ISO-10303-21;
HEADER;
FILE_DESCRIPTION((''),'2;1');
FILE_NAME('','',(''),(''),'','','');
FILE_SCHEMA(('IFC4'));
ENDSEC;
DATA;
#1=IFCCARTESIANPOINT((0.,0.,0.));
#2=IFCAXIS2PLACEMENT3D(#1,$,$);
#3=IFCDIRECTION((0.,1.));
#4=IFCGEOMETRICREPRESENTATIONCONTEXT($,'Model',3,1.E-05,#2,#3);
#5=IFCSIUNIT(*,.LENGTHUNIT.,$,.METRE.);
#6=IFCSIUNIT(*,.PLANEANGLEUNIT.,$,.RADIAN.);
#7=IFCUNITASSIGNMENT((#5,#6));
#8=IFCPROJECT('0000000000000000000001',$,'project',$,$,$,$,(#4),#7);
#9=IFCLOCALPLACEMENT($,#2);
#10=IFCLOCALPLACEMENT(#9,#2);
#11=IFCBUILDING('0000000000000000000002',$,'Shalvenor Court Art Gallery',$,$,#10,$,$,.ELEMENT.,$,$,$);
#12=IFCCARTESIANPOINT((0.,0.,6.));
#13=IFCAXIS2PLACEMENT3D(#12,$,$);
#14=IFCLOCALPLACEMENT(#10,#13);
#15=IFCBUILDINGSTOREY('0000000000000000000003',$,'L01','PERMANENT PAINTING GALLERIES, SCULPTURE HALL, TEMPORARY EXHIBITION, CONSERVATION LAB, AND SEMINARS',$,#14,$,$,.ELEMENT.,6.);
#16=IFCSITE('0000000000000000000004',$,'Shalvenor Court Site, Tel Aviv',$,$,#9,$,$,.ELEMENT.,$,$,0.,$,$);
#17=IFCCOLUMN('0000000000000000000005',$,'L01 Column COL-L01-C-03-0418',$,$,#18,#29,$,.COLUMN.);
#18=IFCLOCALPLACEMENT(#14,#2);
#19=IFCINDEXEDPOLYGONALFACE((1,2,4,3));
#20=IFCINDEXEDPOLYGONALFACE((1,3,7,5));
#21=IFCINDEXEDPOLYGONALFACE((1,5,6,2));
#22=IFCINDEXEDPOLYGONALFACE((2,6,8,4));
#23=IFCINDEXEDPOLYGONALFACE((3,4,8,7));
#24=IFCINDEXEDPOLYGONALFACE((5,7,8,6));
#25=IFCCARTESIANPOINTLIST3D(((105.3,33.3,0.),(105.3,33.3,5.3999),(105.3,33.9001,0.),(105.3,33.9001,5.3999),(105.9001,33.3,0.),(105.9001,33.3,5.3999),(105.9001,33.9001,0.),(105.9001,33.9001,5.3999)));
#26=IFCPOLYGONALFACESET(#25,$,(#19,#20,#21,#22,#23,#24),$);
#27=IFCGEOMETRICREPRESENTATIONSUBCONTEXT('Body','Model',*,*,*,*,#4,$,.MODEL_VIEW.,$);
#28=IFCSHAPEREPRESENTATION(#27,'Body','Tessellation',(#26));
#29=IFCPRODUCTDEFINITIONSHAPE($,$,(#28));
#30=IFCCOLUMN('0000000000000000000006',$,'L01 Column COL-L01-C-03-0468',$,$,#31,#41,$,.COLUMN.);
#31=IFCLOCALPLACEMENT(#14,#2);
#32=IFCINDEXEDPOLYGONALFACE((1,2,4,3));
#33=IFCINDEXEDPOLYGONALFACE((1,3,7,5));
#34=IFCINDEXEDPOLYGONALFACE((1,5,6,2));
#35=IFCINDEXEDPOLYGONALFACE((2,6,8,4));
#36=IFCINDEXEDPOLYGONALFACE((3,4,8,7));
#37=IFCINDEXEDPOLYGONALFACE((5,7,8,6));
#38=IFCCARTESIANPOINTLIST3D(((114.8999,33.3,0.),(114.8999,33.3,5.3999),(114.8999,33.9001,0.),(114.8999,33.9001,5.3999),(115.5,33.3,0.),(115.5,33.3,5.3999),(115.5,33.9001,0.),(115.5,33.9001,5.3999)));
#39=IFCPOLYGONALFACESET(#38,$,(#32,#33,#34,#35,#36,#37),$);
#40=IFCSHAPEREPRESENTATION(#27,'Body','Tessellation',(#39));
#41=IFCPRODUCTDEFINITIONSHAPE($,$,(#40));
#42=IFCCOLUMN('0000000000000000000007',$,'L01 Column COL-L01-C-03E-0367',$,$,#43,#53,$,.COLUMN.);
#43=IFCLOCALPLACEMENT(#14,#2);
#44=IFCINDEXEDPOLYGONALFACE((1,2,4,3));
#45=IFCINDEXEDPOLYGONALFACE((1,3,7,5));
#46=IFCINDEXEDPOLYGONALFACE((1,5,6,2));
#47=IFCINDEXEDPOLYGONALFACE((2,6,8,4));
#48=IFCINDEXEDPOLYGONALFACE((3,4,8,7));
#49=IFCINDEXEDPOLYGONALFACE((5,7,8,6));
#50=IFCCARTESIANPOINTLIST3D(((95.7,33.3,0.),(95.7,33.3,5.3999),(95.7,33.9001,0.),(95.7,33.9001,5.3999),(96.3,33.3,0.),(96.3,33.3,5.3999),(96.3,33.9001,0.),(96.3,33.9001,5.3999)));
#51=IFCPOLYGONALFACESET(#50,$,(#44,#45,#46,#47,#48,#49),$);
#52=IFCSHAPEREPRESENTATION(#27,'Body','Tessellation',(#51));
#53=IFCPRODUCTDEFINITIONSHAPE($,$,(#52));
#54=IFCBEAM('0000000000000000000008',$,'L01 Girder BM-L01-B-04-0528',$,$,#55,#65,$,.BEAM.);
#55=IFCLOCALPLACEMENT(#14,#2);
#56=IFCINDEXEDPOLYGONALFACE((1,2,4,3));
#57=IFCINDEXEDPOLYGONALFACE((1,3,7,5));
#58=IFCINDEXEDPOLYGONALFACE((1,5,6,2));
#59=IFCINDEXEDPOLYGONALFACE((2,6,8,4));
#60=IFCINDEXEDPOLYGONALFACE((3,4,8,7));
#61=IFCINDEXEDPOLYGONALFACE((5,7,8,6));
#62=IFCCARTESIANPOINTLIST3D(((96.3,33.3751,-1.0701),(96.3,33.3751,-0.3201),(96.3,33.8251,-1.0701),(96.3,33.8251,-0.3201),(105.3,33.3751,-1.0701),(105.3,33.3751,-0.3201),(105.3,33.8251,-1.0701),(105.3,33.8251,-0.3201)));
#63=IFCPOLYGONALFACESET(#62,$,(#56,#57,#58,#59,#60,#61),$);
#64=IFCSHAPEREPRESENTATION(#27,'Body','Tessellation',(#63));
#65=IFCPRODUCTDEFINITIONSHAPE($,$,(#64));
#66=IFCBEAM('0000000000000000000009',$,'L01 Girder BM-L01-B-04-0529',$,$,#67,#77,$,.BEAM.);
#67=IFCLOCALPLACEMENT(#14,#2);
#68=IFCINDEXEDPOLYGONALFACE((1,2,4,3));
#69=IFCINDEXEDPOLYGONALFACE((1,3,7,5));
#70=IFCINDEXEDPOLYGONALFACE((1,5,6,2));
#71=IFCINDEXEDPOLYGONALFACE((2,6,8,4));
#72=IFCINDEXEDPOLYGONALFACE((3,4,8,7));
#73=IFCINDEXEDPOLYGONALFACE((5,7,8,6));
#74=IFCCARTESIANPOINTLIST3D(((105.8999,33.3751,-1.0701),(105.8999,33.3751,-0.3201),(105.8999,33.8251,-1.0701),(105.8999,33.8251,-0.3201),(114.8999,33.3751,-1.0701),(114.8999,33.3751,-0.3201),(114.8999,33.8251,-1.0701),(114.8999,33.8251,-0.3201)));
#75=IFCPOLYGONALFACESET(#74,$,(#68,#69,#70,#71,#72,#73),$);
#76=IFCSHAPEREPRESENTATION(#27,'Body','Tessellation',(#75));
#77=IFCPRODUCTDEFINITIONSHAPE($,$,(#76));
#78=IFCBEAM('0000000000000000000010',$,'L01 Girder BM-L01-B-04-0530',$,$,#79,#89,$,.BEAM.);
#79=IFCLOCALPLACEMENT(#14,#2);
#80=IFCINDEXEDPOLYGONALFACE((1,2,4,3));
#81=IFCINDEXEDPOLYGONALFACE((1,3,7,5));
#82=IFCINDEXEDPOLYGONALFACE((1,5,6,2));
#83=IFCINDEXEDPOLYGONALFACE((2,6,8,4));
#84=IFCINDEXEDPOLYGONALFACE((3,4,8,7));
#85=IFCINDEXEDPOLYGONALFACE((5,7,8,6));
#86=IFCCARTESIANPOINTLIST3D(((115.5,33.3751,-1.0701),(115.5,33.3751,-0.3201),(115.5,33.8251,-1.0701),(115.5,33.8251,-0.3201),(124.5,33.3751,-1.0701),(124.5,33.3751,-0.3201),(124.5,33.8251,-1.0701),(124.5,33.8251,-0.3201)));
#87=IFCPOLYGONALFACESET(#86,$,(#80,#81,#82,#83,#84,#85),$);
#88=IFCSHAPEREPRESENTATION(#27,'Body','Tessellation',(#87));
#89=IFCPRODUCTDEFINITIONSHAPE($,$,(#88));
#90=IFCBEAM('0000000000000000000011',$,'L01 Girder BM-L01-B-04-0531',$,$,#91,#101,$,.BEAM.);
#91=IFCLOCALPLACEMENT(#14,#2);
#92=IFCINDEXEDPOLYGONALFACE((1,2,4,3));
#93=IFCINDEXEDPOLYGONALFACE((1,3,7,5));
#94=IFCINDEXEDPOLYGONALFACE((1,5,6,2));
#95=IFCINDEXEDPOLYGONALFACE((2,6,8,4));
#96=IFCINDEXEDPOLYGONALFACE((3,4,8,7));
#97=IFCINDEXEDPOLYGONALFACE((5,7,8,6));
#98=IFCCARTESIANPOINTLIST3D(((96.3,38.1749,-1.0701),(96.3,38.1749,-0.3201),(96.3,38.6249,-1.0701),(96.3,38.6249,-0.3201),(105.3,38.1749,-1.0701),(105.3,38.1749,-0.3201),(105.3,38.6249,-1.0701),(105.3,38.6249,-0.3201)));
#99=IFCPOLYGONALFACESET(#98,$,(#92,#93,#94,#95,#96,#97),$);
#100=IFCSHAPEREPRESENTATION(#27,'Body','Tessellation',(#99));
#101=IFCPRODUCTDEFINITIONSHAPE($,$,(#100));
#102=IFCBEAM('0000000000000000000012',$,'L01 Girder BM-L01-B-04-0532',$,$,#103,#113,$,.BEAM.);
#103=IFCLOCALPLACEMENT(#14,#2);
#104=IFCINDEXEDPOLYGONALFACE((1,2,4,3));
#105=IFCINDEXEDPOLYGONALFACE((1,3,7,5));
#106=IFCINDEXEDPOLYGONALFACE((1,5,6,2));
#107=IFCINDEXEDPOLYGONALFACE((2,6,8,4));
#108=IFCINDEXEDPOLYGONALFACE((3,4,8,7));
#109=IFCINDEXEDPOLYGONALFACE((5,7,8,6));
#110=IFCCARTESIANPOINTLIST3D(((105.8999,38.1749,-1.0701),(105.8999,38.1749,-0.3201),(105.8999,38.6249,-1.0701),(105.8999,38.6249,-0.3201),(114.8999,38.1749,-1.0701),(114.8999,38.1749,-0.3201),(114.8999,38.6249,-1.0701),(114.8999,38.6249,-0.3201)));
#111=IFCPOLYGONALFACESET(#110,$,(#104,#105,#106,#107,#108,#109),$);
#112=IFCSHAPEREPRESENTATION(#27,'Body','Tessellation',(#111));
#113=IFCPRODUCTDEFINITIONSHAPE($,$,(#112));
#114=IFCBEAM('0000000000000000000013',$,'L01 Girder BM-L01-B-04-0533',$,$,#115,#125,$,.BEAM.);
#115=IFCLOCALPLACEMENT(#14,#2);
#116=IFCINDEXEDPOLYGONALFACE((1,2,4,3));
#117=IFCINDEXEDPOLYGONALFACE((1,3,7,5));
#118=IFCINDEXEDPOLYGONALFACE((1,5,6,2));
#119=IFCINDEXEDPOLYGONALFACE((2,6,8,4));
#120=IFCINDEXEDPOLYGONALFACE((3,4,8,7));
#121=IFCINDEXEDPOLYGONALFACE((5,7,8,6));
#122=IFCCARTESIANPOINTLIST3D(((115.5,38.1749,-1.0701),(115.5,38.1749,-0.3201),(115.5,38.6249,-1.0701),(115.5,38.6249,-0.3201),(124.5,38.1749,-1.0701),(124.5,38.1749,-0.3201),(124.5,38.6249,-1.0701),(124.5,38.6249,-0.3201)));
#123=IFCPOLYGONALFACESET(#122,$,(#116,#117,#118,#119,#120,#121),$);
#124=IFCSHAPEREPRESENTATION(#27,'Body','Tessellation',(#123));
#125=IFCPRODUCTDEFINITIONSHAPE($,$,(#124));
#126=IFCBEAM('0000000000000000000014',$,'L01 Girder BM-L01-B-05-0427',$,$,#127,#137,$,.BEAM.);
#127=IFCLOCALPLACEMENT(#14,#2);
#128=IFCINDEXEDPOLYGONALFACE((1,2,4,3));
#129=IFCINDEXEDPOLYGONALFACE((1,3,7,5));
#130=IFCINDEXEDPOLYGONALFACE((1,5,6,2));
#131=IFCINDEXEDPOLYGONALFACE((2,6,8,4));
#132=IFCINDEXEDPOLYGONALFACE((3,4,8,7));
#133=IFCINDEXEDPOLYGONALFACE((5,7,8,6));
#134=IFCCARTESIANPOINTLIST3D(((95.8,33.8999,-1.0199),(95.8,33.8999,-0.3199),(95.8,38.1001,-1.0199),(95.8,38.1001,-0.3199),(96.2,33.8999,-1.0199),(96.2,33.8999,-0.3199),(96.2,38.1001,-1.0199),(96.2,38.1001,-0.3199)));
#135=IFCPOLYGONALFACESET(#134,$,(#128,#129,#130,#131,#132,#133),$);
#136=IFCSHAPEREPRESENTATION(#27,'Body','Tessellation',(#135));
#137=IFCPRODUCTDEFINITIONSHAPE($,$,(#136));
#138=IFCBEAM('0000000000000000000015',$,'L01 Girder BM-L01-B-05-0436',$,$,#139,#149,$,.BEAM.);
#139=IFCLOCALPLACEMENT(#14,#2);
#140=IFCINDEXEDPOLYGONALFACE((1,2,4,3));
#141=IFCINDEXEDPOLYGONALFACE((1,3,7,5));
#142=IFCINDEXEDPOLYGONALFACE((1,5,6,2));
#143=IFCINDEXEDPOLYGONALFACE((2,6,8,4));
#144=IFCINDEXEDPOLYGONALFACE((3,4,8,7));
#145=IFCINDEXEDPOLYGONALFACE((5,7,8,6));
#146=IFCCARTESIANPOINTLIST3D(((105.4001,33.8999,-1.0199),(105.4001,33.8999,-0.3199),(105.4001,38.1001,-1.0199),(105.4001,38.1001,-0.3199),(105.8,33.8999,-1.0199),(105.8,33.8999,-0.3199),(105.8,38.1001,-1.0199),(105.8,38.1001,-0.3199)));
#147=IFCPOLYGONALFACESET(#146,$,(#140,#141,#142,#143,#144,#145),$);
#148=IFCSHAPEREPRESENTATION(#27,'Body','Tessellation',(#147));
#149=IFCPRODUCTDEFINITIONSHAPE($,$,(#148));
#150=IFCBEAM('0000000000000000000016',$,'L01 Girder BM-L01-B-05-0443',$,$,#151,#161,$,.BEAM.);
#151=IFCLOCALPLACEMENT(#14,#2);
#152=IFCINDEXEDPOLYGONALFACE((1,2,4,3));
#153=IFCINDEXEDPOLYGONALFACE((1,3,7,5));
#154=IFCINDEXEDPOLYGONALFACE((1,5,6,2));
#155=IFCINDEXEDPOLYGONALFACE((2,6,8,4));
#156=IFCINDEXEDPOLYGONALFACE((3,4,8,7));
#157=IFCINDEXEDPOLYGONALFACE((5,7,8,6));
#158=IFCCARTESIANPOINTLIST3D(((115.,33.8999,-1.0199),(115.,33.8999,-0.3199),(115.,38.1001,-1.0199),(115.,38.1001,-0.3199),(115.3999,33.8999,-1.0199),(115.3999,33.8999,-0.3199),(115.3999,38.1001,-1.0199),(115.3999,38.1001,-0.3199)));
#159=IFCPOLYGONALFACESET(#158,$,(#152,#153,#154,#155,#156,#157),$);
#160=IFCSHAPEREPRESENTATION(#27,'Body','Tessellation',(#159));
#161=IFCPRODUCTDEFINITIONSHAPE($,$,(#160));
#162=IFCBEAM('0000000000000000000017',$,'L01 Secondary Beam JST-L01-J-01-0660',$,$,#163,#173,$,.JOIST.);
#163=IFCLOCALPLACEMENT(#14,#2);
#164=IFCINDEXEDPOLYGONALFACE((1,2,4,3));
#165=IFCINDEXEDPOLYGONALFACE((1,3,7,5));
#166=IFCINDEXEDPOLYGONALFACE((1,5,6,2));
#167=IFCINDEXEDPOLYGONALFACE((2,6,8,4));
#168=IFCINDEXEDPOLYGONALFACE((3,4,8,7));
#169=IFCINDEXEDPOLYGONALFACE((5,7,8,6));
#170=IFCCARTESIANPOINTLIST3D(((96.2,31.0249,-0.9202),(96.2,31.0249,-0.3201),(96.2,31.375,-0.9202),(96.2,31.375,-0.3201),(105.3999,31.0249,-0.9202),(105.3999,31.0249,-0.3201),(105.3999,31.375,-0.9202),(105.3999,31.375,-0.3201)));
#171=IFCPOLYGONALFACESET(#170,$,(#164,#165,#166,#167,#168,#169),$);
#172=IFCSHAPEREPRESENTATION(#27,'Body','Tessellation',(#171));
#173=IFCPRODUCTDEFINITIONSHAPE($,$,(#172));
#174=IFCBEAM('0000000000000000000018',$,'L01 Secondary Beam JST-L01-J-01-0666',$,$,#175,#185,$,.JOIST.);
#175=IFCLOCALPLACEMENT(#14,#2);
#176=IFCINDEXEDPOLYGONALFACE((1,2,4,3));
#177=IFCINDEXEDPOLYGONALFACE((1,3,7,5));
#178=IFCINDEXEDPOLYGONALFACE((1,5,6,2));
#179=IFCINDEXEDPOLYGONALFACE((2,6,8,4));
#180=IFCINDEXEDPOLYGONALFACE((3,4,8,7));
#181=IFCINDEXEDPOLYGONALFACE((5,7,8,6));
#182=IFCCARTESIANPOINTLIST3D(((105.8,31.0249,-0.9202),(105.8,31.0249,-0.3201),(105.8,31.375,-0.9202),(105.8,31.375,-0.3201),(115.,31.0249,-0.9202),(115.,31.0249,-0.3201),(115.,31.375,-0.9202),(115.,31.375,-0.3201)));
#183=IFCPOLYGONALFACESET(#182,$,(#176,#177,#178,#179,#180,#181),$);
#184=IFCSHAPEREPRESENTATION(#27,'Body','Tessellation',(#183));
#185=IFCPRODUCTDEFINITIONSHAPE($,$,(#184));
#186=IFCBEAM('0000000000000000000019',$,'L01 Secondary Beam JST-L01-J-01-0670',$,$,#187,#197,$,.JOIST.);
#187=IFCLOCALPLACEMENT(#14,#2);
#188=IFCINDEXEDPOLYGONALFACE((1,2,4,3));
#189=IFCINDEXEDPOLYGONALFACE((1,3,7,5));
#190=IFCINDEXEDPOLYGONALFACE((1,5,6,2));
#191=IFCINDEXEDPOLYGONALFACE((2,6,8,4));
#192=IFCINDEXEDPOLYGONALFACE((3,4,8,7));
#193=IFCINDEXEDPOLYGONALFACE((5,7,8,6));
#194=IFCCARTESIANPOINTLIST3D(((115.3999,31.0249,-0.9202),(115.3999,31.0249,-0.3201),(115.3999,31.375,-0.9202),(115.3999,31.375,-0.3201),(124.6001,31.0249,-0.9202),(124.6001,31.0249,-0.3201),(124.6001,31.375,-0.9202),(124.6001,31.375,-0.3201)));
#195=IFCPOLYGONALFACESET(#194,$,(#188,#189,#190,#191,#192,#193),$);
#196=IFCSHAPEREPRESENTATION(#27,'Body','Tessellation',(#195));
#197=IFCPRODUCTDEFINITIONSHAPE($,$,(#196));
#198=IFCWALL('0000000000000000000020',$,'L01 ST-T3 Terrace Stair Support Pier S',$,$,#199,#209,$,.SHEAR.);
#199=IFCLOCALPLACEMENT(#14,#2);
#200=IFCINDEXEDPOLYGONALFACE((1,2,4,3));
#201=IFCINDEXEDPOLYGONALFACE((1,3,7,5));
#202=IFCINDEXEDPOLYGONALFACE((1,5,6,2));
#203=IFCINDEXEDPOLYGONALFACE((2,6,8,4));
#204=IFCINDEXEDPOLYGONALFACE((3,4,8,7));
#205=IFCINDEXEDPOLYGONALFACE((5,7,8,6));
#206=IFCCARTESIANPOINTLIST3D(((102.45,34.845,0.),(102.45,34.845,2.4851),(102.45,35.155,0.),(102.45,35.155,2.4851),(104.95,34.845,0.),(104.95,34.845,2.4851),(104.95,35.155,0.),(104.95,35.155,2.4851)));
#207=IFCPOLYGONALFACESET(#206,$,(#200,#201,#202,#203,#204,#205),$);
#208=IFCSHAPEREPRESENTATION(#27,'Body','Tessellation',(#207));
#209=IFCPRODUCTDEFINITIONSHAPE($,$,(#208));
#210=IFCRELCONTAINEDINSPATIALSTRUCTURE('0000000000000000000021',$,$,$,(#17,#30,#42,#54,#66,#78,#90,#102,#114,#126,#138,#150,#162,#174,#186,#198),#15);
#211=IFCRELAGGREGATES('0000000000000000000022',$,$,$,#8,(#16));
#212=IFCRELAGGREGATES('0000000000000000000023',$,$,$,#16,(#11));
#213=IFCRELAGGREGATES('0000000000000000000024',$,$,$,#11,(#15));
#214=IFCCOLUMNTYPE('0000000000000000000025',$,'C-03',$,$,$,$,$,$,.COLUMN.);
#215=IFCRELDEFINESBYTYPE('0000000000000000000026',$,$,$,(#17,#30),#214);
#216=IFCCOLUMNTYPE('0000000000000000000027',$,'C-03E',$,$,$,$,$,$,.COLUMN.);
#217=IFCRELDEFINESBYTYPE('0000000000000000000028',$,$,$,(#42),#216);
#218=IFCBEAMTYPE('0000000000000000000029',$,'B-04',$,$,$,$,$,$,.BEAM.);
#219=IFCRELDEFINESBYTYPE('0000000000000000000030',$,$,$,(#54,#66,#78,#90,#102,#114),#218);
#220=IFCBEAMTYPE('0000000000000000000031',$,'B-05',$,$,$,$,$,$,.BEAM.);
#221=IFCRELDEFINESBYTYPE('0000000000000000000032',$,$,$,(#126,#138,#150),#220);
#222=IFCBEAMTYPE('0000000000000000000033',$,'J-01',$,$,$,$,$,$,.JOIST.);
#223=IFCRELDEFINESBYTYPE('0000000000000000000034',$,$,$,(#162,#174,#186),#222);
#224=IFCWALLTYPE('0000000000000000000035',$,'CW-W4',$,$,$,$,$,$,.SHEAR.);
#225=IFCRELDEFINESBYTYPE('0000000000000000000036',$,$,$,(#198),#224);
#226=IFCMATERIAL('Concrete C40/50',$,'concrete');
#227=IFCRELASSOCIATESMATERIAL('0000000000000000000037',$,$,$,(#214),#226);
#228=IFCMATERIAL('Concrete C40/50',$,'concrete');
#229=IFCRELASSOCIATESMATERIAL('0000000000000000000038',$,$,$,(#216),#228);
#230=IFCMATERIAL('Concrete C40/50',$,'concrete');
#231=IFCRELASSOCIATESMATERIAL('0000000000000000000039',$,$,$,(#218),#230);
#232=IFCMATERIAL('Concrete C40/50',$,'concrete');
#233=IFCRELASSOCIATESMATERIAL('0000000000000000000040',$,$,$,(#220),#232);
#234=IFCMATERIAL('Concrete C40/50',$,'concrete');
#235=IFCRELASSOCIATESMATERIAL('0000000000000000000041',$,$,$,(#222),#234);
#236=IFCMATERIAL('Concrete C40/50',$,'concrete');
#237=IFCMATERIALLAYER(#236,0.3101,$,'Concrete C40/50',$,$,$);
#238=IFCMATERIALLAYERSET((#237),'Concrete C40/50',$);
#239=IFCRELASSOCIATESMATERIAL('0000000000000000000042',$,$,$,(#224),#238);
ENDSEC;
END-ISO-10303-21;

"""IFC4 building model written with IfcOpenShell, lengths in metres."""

from ifc_helpers import new_model, si_unit, direction, frame, frame_2d, origin, origin_2d, place, context, subcontext, project, spatial, rectangle, extrude, material, layer, layer_set, material_profile, profile_set, type_object, element, save


model = new_model("IFC4")

# Units and contexts
model_context = context("Model", 3, precision=1e-05, world=origin(), true_north=direction((0.0, 1.0)))
body_context = subcontext(model_context, "Body", "Model", "MODEL_VIEW")
ifc_project = project(units=[si_unit("LENGTHUNIT", "METRE"), si_unit("PLANEANGLEUNIT", "RADIAN")], contexts=[model_context])

# Site, building, storey
site_placement = place(None, origin())
site = spatial("IfcSite", under=ifc_project, at=site_placement, Name="Shalvenor Court Site, Tel Aviv", CompositionType="ELEMENT", RefElevation=0.0)
building_placement = place(site_placement, origin())
building = spatial("IfcBuilding", under=site, at=building_placement, Name="Shalvenor Court Art Gallery", CompositionType="ELEMENT")
storey_placement = place(building_placement, frame((0.0, 0.0, 6.0)))
storey = spatial("IfcBuildingStorey", under=building, at=storey_placement, Name="L01", Description="PERMANENT PAINTING GALLERIES, SCULPTURE HALL, TEMPORARY EXHIBITION, CONSERVATION LAB, AND SEMINARS", CompositionType="ELEMENT", Elevation=6.0)

# Columns
ifc_material_1 = material(Name="Concrete C40/50", Category="concrete")
ifc_material_profile_1 = material_profile(ifc_material_1, rectangle(XDim=0.6001, YDim=0.6001, at=origin_2d()), Name="RC 600x600")
ifc_profile_set_1 = profile_set([ifc_material_profile_1], Name="Concrete C40/50")
column_type_1 = type_object("IfcColumnType", Name="C-03", PredefinedType="COLUMN", material=ifc_profile_set_1)
for number, where, z_axis, x_axis, name in (
    (1, (105.6001, 33.6001, 0.0), (0.0, 0.0, 1.0), (1.0, 0.0, 0.0), "L01 Column COL-L01-C-03-0418"),
    (2, (115.2, 33.6001, 0.0), (0.0, 0.0, 1.0), (1.0, 0.0, 0.0), "L01 Column COL-L01-C-03-0468"),
):
    element("IfcColumn", number, at=place(storey_placement, frame(where, z_axis=z_axis, x_axis=x_axis)), inside=storey, type_object=column_type_1, Name=name, PredefinedType="COLUMN", context=body_context, shape_type="SweptSolid", body=[
        extrude(rectangle(XDim=0.6001, YDim=0.6001, at=origin_2d()), origin(), (0.0, 0.0, 1.0), 5.3999),
    ])
ifc_material_2 = material(Name="Concrete C40/50", Category="concrete")
ifc_material_profile_2 = material_profile(ifc_material_2, rectangle(XDim=0.6001, YDim=0.6001, at=origin_2d()), Name="RC 600x600")
ifc_profile_set_2 = profile_set([ifc_material_profile_2], Name="Concrete C40/50")
column_type_2 = type_object("IfcColumnType", Name="C-03E", PredefinedType="COLUMN", material=ifc_profile_set_2)
column_placement = place(storey_placement, frame((96.0, 33.6001, 0.0), z_axis=(0.0, 0.0, 1.0), x_axis=(1.0, 0.0, 0.0)))
element("IfcColumn", 3, at=column_placement, inside=storey, type_object=column_type_2, Name="L01 Column COL-L01-C-03E-0367", PredefinedType="COLUMN", context=body_context, shape_type="SweptSolid", body=[
    extrude(rectangle(XDim=0.6001, YDim=0.6001, at=origin_2d()), origin(), (0.0, 0.0, 1.0), 5.3999),
])

# Beams
ifc_material_3 = material(Name="Concrete C40/50", Category="concrete")
ifc_material_profile_3 = material_profile(ifc_material_3, rectangle(XDim=0.45, YDim=0.75, at=origin_2d()), Name="RC 450x750")
ifc_profile_set_3 = profile_set([ifc_material_profile_3], Name="Concrete C40/50")
beam_type_1 = type_object("IfcBeamType", Name="B-04", PredefinedType="BEAM", material=ifc_profile_set_3)
for number, where, z_axis, x_axis, name in (
    (4, (96.3, 33.6001, -0.6951), (1.0, 0.0, 0.0), (0.0, 1.0, 0.0), "L01 Girder BM-L01-B-04-0528"),
    (5, (105.8999, 33.6001, -0.6951), (1.0, 0.0, 0.0), (0.0, 1.0, 0.0), "L01 Girder BM-L01-B-04-0529"),
    (6, (115.5, 33.6001, -0.6951), (1.0, 0.0, 0.0), (0.0, 1.0, 0.0), "L01 Girder BM-L01-B-04-0530"),
    (7, (96.3, 38.3999, -0.6951), (1.0, 0.0, 0.0), (0.0, 1.0, 0.0), "L01 Girder BM-L01-B-04-0531"),
    (8, (105.8999, 38.3999, -0.6951), (1.0, 0.0, 0.0), (0.0, 1.0, 0.0), "L01 Girder BM-L01-B-04-0532"),
    (9, (115.5, 38.3999, -0.6951), (1.0, 0.0, 0.0), (0.0, 1.0, 0.0), "L01 Girder BM-L01-B-04-0533"),
):
    element("IfcBeam", number, at=place(storey_placement, frame(where, z_axis=z_axis, x_axis=x_axis)), inside=storey, type_object=beam_type_1, Name=name, PredefinedType="BEAM", context=body_context, shape_type="SweptSolid", body=[
        extrude(rectangle(XDim=0.45, YDim=0.75, at=origin_2d()), origin(), (0.0, 0.0, 1.0), 9.0),
    ])
ifc_material_4 = material(Name="Concrete C40/50", Category="concrete")
ifc_material_profile_4 = material_profile(ifc_material_4, rectangle(XDim=0.3999, YDim=0.7, at=origin_2d()), Name="RC 400x700")
ifc_profile_set_4 = profile_set([ifc_material_profile_4], Name="Concrete C40/50")
beam_type_2 = type_object("IfcBeamType", Name="B-05", PredefinedType="BEAM", material=ifc_profile_set_4)
for number, where, z_axis, x_axis, name in (
    (10, (96.0, 33.8999, -0.6699), (0.0, 1.0, 0.0), (-1.0, 0.0, 0.0), "L01 Girder BM-L01-B-05-0427"),
    (11, (105.6001, 33.8999, -0.6699), (0.0, 1.0, 0.0), (-1.0, 0.0, 0.0), "L01 Girder BM-L01-B-05-0436"),
    (12, (115.2, 33.8999, -0.6699), (0.0, 1.0, 0.0), (-1.0, 0.0, 0.0), "L01 Girder BM-L01-B-05-0443"),
):
    element("IfcBeam", number, at=place(storey_placement, frame(where, z_axis=z_axis, x_axis=x_axis)), inside=storey, type_object=beam_type_2, Name=name, PredefinedType="BEAM", context=body_context, shape_type="SweptSolid", body=[
        extrude(rectangle(XDim=0.3999, YDim=0.7, at=origin_2d()), origin(), (0.0, 0.0, 1.0), 4.2002),
    ])
ifc_material_5 = material(Name="Concrete C40/50", Category="concrete")
ifc_material_profile_5 = material_profile(ifc_material_5, rectangle(XDim=0.3501, YDim=0.6001, at=origin_2d()), Name="RC 350x600")
ifc_profile_set_5 = profile_set([ifc_material_profile_5], Name="Concrete C40/50")
beam_type_3 = type_object("IfcBeamType", Name="J-01", PredefinedType="JOIST", material=ifc_profile_set_5)
for number, where, z_axis, x_axis, name in (
    (13, (96.2, 31.2, -0.6201), (1.0, 0.0, 0.0), (0.0, 1.0, 0.0), "L01 Secondary Beam JST-L01-J-01-0660"),
    (14, (105.8, 31.2, -0.6201), (1.0, 0.0, 0.0), (0.0, 1.0, 0.0), "L01 Secondary Beam JST-L01-J-01-0666"),
):
    element("IfcBeam", number, at=place(storey_placement, frame(where, z_axis=z_axis, x_axis=x_axis)), inside=storey, type_object=beam_type_3, Name=name, PredefinedType="JOIST", context=body_context, shape_type="SweptSolid", body=[
        extrude(rectangle(XDim=0.3501, YDim=0.6001, at=origin_2d()), origin(), (0.0, 0.0, 1.0), 9.2),
    ])
beam_placement = place(storey_placement, frame((115.3999, 31.2, -0.6201), z_axis=(1.0, 0.0, 0.0), x_axis=(0.0, 1.0, 0.0)))
element("IfcBeam", 15, at=beam_placement, inside=storey, type_object=beam_type_3, Name="L01 Secondary Beam JST-L01-J-01-0670", PredefinedType="JOIST", context=body_context, shape_type="SweptSolid", body=[
    extrude(rectangle(XDim=0.3501, YDim=0.6001, at=origin_2d()), origin(), (0.0, 0.0, 1.0), 9.2002),
])

# Wall
ifc_material_6 = material(Name="Concrete C40/50", Category="concrete")
ifc_layer_1 = layer(ifc_material_6, 0.3101, Name="Concrete C40/50")
ifc_layer_set_1 = layer_set([ifc_layer_1], Name="Concrete C40/50")
wall_type_1 = type_object("IfcWallType", Name="CW-W4", PredefinedType="SHEAR", material=ifc_layer_set_1)
for number, where, z_axis, x_axis, name in (
    (16, (102.45, 35.0, 0.0), (0.0, 0.0, 1.0), (1.0, 0.0, 0.0), "L01 ST-T3 Terrace Stair Support Pier S"),
):
    element("IfcWall", number, at=place(storey_placement, frame(where, z_axis=z_axis, x_axis=x_axis)), inside=storey, type_object=wall_type_1, Name=name, PredefinedType="SHEAR", context=body_context, shape_type="SweptSolid", body=[
        extrude(rectangle(XDim=2.5, YDim=0.3101, at=frame_2d((1.25, 0.0))), origin(), (0.0, 0.0, 1.0), 2.4851),
    ])

save(model, "model.ifc")
